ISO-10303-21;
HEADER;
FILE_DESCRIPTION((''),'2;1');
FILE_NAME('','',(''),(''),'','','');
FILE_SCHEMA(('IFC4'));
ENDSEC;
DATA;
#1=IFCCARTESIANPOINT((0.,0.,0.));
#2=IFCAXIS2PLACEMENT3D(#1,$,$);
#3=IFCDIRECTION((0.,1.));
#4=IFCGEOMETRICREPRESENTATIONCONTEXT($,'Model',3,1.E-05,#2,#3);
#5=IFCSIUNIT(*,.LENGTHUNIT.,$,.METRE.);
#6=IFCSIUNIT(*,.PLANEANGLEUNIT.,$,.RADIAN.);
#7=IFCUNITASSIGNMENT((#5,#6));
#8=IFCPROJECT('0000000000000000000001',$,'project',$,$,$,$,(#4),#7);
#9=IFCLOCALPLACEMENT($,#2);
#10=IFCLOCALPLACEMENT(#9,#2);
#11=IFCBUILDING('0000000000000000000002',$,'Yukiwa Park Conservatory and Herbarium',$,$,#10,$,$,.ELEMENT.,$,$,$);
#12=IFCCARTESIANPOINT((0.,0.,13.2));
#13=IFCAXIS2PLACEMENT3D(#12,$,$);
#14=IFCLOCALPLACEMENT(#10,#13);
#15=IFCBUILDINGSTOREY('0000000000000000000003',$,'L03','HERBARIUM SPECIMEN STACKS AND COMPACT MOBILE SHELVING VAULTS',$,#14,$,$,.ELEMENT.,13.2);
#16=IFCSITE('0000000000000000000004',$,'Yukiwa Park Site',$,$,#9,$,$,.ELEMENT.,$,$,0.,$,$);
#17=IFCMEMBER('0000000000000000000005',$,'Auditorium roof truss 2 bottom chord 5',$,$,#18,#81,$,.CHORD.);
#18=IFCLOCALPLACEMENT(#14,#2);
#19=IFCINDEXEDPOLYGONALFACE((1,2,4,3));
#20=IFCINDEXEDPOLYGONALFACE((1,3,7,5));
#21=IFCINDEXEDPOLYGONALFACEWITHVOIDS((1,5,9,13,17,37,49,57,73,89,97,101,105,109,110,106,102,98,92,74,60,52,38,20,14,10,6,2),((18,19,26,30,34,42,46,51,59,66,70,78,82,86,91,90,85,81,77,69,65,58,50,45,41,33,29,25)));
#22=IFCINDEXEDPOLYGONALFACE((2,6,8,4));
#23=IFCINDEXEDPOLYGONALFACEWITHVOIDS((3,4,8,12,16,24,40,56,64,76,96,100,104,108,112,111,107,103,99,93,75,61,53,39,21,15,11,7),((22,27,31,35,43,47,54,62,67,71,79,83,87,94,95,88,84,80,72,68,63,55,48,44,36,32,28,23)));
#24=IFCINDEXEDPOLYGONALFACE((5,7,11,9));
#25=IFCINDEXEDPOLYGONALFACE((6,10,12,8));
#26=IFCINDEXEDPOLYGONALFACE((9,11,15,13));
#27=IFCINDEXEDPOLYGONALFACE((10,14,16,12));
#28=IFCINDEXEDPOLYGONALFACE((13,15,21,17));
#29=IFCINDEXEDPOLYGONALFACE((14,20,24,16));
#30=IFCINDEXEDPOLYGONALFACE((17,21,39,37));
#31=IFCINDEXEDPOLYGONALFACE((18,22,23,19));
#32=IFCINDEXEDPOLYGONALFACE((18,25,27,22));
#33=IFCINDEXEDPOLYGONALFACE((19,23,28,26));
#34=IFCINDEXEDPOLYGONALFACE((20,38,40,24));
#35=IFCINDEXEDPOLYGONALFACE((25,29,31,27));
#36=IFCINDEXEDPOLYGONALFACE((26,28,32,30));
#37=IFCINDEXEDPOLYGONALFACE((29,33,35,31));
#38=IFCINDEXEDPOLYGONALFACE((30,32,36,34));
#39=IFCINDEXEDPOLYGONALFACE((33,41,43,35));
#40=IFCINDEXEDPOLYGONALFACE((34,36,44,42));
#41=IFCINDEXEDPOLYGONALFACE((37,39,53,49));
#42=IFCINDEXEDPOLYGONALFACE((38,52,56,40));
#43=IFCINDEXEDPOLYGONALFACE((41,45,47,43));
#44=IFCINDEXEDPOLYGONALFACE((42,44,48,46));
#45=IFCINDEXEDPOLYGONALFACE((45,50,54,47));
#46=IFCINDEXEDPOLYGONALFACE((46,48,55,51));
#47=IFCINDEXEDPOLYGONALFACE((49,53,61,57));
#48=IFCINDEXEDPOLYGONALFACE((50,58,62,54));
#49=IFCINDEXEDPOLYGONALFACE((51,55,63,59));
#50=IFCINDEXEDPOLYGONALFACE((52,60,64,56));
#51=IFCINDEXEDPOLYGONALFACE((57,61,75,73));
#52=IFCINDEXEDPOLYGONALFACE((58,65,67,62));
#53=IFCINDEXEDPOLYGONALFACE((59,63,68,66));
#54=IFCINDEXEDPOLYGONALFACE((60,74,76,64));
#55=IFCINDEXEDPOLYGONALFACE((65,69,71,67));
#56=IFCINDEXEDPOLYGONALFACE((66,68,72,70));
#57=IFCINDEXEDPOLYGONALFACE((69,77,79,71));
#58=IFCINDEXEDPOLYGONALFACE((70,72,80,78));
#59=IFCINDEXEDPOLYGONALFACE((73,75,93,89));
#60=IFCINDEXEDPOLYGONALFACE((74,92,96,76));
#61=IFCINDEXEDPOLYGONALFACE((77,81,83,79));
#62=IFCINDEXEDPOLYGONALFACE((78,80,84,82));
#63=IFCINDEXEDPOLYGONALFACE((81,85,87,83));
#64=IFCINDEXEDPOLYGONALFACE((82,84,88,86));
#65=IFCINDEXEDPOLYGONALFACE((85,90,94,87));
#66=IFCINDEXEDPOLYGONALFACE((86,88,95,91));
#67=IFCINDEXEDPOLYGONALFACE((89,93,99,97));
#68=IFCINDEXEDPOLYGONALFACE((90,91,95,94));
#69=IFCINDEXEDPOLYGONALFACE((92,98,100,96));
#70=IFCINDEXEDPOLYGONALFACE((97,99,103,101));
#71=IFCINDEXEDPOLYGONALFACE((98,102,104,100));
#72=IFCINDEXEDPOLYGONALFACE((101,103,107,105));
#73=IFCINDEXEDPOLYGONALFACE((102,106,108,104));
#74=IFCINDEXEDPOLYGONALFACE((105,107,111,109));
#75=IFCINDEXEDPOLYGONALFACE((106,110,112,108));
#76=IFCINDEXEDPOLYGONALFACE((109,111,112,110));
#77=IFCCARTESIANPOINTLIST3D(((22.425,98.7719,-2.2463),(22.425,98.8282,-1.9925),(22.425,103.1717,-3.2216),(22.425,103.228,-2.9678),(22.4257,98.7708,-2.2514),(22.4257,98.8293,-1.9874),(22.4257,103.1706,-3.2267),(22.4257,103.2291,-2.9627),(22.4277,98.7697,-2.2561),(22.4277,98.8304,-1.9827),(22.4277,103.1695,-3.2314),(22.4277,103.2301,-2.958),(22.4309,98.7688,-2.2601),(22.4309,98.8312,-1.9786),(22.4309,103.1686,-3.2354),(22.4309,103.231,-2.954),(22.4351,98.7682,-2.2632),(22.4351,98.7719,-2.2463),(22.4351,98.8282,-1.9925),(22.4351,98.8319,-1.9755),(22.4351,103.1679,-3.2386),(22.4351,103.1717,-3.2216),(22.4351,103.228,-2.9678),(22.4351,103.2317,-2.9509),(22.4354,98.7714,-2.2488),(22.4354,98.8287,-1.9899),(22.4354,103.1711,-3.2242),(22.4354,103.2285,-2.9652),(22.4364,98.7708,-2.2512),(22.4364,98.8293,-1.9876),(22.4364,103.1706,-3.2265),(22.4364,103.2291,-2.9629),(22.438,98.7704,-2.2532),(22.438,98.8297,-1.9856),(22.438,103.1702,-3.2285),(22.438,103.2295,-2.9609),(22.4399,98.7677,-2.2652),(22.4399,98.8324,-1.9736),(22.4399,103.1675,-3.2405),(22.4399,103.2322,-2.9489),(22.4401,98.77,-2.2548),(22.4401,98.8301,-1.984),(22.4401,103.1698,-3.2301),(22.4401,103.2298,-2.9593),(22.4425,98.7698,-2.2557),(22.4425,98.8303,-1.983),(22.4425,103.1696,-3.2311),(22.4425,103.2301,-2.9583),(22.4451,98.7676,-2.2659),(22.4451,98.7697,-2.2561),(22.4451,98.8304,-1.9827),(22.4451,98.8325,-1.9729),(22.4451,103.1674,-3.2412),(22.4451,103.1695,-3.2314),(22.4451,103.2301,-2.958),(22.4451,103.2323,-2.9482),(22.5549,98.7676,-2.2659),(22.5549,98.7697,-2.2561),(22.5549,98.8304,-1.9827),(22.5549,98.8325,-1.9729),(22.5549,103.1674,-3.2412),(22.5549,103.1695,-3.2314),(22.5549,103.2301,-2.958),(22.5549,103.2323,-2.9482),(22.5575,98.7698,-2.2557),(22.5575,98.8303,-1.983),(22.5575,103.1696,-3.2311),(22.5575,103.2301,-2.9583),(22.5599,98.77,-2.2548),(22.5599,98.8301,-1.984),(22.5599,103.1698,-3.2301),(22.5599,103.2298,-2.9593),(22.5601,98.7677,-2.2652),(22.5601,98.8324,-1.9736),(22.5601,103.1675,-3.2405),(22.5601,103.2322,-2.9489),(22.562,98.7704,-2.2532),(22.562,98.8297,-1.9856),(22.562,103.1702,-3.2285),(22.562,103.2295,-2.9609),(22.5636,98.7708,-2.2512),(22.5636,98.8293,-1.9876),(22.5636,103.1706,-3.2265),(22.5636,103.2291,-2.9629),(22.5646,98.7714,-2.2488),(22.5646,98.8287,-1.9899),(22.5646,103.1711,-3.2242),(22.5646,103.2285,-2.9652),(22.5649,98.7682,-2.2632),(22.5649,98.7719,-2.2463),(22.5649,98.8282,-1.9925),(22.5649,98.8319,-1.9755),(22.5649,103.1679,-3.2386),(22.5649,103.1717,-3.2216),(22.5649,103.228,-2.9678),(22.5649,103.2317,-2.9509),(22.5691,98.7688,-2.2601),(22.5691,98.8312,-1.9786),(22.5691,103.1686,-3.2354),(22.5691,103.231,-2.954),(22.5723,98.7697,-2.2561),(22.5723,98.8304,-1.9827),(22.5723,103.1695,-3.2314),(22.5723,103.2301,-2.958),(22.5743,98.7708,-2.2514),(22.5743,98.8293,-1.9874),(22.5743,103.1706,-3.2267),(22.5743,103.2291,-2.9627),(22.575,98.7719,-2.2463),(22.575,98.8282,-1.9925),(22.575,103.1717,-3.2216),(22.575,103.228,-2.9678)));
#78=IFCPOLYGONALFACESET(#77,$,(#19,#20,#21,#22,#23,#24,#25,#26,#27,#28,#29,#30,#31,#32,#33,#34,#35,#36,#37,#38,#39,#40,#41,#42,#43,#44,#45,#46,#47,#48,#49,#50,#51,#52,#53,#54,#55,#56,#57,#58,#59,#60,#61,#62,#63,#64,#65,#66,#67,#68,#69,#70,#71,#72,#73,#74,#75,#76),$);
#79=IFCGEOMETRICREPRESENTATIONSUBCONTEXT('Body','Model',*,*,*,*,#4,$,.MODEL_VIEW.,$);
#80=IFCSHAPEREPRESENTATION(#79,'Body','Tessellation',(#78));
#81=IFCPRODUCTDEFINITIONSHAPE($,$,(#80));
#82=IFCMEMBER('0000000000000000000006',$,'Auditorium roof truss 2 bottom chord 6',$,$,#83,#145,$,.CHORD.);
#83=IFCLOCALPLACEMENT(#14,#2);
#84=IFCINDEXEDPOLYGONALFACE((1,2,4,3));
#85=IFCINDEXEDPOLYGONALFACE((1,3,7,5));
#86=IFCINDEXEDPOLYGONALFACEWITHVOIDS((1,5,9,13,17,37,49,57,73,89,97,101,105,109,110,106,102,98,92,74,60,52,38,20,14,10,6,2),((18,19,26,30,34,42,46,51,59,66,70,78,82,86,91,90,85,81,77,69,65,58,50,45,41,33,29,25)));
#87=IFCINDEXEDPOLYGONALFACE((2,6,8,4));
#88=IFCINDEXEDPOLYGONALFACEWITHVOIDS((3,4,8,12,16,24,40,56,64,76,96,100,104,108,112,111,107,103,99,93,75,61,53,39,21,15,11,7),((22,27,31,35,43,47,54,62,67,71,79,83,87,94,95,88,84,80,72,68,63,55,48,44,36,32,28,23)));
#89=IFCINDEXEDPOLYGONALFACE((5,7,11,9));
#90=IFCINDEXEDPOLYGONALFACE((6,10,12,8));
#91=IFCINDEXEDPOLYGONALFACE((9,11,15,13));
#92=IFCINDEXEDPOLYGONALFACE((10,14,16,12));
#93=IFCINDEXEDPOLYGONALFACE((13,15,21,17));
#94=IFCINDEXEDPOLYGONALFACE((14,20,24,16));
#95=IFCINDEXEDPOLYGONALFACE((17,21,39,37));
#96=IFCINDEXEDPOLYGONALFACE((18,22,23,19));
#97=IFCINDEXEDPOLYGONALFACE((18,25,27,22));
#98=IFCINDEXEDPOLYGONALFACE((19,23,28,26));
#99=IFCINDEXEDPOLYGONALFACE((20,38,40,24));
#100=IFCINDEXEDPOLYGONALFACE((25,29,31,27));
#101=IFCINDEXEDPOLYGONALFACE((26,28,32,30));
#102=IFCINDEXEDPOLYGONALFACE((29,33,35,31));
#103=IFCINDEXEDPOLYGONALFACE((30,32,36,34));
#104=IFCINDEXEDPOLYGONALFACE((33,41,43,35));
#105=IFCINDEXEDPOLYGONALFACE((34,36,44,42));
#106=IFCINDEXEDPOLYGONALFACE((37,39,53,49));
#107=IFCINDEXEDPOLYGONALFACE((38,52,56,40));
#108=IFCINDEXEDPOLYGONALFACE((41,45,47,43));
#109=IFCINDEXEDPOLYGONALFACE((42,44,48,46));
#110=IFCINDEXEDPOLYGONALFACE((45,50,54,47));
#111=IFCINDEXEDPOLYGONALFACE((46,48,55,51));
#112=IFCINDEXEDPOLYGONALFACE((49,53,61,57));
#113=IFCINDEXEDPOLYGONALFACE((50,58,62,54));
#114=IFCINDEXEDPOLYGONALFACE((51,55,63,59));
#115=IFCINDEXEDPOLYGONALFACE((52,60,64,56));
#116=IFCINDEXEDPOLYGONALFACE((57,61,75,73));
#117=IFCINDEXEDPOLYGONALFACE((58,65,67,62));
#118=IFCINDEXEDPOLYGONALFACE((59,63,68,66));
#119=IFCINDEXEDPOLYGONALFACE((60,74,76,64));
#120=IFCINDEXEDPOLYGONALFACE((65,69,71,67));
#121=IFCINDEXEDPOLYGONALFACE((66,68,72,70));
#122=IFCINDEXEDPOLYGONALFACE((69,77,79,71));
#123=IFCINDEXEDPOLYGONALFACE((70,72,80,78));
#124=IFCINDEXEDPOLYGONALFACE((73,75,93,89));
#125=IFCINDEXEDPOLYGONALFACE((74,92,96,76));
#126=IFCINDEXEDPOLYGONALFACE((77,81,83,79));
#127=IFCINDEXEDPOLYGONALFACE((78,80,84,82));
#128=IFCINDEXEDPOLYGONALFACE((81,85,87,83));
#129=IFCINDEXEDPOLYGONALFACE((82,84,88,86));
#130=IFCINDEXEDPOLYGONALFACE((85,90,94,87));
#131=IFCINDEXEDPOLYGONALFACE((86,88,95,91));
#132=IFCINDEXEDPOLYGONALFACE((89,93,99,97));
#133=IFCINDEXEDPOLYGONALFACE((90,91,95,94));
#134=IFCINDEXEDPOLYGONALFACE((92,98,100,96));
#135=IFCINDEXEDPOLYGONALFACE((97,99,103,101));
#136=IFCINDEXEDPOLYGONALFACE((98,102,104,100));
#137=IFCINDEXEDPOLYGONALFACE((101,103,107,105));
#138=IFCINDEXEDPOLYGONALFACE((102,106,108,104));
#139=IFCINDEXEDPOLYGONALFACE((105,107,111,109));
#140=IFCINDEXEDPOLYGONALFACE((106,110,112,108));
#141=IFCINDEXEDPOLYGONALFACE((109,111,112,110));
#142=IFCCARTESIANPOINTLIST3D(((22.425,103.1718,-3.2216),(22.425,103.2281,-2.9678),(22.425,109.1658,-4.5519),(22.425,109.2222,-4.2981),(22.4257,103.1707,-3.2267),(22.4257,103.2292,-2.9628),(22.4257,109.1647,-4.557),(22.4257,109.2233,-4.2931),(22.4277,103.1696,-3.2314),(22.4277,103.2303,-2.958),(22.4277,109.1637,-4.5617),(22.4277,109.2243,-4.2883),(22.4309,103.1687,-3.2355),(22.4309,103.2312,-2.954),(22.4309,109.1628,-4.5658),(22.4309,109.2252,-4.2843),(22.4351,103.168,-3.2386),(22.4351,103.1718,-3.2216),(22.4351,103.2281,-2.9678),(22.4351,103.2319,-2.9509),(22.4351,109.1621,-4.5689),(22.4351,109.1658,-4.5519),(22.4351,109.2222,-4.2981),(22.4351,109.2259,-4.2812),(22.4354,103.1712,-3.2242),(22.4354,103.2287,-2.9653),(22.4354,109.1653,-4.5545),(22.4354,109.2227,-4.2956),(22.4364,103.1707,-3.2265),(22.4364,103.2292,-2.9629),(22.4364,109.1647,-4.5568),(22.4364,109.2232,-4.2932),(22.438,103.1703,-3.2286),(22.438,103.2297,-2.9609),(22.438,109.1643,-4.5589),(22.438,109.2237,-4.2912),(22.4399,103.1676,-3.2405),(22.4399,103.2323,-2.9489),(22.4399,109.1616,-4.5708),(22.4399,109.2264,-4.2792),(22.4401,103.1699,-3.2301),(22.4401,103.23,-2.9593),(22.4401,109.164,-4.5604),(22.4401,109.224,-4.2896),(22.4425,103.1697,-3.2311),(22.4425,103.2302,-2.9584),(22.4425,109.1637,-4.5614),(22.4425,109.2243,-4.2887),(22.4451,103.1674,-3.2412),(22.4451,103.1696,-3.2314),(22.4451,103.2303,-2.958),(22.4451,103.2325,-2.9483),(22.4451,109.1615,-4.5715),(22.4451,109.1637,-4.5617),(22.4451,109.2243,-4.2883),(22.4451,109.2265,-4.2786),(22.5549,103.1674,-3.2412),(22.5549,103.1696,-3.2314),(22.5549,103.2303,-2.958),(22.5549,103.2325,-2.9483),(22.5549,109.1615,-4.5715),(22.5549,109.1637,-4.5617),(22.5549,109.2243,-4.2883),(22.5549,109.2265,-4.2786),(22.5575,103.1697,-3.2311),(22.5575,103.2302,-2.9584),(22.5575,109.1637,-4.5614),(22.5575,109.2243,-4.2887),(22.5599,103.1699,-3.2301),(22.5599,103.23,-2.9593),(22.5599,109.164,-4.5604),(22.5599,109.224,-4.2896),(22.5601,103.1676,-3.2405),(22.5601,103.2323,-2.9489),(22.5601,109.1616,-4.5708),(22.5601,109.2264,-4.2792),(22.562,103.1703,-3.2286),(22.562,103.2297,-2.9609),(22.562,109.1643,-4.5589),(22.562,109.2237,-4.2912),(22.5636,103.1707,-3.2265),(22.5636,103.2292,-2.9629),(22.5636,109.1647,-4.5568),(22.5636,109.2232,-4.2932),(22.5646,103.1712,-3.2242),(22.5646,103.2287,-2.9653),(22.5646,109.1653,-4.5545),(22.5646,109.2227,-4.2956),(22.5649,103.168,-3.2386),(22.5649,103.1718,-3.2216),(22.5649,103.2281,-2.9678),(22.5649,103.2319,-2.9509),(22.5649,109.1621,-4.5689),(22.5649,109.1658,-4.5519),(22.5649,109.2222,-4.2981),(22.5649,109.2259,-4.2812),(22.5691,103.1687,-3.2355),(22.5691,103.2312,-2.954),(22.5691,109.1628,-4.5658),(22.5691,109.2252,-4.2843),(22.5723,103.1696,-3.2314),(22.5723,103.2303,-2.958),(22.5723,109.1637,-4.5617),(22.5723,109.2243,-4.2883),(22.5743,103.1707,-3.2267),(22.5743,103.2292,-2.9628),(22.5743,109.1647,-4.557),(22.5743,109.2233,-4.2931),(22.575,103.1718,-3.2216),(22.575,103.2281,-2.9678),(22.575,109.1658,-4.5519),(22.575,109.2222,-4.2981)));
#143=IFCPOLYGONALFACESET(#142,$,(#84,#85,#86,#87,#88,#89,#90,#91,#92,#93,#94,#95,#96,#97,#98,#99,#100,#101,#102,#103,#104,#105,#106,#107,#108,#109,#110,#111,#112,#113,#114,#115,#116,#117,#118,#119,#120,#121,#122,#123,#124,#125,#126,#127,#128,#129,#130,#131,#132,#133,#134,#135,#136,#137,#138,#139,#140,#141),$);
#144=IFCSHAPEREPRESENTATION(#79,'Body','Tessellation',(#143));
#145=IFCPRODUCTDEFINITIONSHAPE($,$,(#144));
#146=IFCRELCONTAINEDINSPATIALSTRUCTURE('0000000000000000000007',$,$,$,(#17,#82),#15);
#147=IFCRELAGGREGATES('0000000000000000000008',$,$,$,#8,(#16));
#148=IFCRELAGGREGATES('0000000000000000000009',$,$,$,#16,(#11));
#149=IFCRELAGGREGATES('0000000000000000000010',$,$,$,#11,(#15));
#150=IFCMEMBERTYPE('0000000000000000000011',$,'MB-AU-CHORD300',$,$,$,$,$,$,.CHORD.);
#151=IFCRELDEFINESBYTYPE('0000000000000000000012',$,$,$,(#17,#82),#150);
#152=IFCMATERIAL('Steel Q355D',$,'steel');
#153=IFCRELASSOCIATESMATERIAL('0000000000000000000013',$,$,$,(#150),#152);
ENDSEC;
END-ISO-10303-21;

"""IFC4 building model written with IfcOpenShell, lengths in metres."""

from ifc_helpers import new_model, si_unit, direction, frame, origin, origin_2d, place, context, subcontext, project, spatial, hollow_rectangle, extrude, material, material_profile, profile_set, type_object, element, save


model = new_model("IFC4")

# Units and contexts
model_context = context("Model", 3, precision=1e-05, world=origin(), true_north=direction((0.0, 1.0)))
body_context = subcontext(model_context, "Body", "Model", "MODEL_VIEW")
ifc_project = project(units=[si_unit("LENGTHUNIT", "METRE"), si_unit("PLANEANGLEUNIT", "RADIAN")], contexts=[model_context])

# Site, building, storey
site_placement = place(None, origin())
site = spatial("IfcSite", under=ifc_project, at=site_placement, Name="Yukiwa Park Site", CompositionType="ELEMENT", RefElevation=0.0)
building_placement = place(site_placement, origin())
building = spatial("IfcBuilding", under=site, at=building_placement, Name="Yukiwa Park Conservatory and Herbarium", CompositionType="ELEMENT")
storey_placement = place(building_placement, frame((0.0, 0.0, 13.2)))
storey = spatial("IfcBuildingStorey", under=building, at=storey_placement, Name="L03", Description="HERBARIUM SPECIMEN STACKS AND COMPACT MOBILE SHELVING VAULTS", CompositionType="ELEMENT", Elevation=13.2)

# Members
ifc_material_1 = material(Name="Steel Q355D", Category="steel")
ifc_material_profile_1 = material_profile(ifc_material_1, hollow_rectangle(XDim=0.1499, YDim=0.3, WallThickness=0.01, InnerFilletRadius=0.01, OuterFilletRadius=0.02, at=origin_2d()), Name="RHS 300x150x10")
ifc_profile_set_1 = profile_set([ifc_material_profile_1], Name="Steel Q355D")
member_type_1 = type_object("IfcMemberType", Name="MB-AU-CHORD300", PredefinedType="CHORD", material=ifc_profile_set_1)
member_1_placement = place(storey_placement, frame((22.5, 98.8, -2.1194), z_axis=(0.0, 0.9763, -0.21642), x_axis=(-1.0, 0.0, 0.0)))
element("IfcMember", 1, at=member_1_placement, inside=storey, type_object=member_type_1, Name="Auditorium roof truss 2 bottom chord 5", PredefinedType="CHORD", context=body_context, shape_type="SweptSolid", body=[
    extrude(hollow_rectangle(XDim=0.1499, YDim=0.3, WallThickness=0.01, InnerFilletRadius=0.01, OuterFilletRadius=0.02, at=origin_2d()), origin(), (0.0, 0.0, 1.0), 4.5066),
])
member_2_placement = place(storey_placement, frame((22.5, 103.2, -3.0947), z_axis=(0.0, 0.976246, -0.216665), x_axis=(-1.0, 0.0, 0.0)))
element("IfcMember", 2, at=member_2_placement, inside=storey, type_object=member_type_1, Name="Auditorium roof truss 2 bottom chord 6", PredefinedType="CHORD", context=body_context, shape_type="SweptSolid", body=[
    extrude(hollow_rectangle(XDim=0.1499, YDim=0.3, WallThickness=0.01, InnerFilletRadius=0.01, OuterFilletRadius=0.02, at=origin_2d()), origin(), (0.0, 0.0, 1.0), 6.1399),
])

save(model, "model.ifc")
